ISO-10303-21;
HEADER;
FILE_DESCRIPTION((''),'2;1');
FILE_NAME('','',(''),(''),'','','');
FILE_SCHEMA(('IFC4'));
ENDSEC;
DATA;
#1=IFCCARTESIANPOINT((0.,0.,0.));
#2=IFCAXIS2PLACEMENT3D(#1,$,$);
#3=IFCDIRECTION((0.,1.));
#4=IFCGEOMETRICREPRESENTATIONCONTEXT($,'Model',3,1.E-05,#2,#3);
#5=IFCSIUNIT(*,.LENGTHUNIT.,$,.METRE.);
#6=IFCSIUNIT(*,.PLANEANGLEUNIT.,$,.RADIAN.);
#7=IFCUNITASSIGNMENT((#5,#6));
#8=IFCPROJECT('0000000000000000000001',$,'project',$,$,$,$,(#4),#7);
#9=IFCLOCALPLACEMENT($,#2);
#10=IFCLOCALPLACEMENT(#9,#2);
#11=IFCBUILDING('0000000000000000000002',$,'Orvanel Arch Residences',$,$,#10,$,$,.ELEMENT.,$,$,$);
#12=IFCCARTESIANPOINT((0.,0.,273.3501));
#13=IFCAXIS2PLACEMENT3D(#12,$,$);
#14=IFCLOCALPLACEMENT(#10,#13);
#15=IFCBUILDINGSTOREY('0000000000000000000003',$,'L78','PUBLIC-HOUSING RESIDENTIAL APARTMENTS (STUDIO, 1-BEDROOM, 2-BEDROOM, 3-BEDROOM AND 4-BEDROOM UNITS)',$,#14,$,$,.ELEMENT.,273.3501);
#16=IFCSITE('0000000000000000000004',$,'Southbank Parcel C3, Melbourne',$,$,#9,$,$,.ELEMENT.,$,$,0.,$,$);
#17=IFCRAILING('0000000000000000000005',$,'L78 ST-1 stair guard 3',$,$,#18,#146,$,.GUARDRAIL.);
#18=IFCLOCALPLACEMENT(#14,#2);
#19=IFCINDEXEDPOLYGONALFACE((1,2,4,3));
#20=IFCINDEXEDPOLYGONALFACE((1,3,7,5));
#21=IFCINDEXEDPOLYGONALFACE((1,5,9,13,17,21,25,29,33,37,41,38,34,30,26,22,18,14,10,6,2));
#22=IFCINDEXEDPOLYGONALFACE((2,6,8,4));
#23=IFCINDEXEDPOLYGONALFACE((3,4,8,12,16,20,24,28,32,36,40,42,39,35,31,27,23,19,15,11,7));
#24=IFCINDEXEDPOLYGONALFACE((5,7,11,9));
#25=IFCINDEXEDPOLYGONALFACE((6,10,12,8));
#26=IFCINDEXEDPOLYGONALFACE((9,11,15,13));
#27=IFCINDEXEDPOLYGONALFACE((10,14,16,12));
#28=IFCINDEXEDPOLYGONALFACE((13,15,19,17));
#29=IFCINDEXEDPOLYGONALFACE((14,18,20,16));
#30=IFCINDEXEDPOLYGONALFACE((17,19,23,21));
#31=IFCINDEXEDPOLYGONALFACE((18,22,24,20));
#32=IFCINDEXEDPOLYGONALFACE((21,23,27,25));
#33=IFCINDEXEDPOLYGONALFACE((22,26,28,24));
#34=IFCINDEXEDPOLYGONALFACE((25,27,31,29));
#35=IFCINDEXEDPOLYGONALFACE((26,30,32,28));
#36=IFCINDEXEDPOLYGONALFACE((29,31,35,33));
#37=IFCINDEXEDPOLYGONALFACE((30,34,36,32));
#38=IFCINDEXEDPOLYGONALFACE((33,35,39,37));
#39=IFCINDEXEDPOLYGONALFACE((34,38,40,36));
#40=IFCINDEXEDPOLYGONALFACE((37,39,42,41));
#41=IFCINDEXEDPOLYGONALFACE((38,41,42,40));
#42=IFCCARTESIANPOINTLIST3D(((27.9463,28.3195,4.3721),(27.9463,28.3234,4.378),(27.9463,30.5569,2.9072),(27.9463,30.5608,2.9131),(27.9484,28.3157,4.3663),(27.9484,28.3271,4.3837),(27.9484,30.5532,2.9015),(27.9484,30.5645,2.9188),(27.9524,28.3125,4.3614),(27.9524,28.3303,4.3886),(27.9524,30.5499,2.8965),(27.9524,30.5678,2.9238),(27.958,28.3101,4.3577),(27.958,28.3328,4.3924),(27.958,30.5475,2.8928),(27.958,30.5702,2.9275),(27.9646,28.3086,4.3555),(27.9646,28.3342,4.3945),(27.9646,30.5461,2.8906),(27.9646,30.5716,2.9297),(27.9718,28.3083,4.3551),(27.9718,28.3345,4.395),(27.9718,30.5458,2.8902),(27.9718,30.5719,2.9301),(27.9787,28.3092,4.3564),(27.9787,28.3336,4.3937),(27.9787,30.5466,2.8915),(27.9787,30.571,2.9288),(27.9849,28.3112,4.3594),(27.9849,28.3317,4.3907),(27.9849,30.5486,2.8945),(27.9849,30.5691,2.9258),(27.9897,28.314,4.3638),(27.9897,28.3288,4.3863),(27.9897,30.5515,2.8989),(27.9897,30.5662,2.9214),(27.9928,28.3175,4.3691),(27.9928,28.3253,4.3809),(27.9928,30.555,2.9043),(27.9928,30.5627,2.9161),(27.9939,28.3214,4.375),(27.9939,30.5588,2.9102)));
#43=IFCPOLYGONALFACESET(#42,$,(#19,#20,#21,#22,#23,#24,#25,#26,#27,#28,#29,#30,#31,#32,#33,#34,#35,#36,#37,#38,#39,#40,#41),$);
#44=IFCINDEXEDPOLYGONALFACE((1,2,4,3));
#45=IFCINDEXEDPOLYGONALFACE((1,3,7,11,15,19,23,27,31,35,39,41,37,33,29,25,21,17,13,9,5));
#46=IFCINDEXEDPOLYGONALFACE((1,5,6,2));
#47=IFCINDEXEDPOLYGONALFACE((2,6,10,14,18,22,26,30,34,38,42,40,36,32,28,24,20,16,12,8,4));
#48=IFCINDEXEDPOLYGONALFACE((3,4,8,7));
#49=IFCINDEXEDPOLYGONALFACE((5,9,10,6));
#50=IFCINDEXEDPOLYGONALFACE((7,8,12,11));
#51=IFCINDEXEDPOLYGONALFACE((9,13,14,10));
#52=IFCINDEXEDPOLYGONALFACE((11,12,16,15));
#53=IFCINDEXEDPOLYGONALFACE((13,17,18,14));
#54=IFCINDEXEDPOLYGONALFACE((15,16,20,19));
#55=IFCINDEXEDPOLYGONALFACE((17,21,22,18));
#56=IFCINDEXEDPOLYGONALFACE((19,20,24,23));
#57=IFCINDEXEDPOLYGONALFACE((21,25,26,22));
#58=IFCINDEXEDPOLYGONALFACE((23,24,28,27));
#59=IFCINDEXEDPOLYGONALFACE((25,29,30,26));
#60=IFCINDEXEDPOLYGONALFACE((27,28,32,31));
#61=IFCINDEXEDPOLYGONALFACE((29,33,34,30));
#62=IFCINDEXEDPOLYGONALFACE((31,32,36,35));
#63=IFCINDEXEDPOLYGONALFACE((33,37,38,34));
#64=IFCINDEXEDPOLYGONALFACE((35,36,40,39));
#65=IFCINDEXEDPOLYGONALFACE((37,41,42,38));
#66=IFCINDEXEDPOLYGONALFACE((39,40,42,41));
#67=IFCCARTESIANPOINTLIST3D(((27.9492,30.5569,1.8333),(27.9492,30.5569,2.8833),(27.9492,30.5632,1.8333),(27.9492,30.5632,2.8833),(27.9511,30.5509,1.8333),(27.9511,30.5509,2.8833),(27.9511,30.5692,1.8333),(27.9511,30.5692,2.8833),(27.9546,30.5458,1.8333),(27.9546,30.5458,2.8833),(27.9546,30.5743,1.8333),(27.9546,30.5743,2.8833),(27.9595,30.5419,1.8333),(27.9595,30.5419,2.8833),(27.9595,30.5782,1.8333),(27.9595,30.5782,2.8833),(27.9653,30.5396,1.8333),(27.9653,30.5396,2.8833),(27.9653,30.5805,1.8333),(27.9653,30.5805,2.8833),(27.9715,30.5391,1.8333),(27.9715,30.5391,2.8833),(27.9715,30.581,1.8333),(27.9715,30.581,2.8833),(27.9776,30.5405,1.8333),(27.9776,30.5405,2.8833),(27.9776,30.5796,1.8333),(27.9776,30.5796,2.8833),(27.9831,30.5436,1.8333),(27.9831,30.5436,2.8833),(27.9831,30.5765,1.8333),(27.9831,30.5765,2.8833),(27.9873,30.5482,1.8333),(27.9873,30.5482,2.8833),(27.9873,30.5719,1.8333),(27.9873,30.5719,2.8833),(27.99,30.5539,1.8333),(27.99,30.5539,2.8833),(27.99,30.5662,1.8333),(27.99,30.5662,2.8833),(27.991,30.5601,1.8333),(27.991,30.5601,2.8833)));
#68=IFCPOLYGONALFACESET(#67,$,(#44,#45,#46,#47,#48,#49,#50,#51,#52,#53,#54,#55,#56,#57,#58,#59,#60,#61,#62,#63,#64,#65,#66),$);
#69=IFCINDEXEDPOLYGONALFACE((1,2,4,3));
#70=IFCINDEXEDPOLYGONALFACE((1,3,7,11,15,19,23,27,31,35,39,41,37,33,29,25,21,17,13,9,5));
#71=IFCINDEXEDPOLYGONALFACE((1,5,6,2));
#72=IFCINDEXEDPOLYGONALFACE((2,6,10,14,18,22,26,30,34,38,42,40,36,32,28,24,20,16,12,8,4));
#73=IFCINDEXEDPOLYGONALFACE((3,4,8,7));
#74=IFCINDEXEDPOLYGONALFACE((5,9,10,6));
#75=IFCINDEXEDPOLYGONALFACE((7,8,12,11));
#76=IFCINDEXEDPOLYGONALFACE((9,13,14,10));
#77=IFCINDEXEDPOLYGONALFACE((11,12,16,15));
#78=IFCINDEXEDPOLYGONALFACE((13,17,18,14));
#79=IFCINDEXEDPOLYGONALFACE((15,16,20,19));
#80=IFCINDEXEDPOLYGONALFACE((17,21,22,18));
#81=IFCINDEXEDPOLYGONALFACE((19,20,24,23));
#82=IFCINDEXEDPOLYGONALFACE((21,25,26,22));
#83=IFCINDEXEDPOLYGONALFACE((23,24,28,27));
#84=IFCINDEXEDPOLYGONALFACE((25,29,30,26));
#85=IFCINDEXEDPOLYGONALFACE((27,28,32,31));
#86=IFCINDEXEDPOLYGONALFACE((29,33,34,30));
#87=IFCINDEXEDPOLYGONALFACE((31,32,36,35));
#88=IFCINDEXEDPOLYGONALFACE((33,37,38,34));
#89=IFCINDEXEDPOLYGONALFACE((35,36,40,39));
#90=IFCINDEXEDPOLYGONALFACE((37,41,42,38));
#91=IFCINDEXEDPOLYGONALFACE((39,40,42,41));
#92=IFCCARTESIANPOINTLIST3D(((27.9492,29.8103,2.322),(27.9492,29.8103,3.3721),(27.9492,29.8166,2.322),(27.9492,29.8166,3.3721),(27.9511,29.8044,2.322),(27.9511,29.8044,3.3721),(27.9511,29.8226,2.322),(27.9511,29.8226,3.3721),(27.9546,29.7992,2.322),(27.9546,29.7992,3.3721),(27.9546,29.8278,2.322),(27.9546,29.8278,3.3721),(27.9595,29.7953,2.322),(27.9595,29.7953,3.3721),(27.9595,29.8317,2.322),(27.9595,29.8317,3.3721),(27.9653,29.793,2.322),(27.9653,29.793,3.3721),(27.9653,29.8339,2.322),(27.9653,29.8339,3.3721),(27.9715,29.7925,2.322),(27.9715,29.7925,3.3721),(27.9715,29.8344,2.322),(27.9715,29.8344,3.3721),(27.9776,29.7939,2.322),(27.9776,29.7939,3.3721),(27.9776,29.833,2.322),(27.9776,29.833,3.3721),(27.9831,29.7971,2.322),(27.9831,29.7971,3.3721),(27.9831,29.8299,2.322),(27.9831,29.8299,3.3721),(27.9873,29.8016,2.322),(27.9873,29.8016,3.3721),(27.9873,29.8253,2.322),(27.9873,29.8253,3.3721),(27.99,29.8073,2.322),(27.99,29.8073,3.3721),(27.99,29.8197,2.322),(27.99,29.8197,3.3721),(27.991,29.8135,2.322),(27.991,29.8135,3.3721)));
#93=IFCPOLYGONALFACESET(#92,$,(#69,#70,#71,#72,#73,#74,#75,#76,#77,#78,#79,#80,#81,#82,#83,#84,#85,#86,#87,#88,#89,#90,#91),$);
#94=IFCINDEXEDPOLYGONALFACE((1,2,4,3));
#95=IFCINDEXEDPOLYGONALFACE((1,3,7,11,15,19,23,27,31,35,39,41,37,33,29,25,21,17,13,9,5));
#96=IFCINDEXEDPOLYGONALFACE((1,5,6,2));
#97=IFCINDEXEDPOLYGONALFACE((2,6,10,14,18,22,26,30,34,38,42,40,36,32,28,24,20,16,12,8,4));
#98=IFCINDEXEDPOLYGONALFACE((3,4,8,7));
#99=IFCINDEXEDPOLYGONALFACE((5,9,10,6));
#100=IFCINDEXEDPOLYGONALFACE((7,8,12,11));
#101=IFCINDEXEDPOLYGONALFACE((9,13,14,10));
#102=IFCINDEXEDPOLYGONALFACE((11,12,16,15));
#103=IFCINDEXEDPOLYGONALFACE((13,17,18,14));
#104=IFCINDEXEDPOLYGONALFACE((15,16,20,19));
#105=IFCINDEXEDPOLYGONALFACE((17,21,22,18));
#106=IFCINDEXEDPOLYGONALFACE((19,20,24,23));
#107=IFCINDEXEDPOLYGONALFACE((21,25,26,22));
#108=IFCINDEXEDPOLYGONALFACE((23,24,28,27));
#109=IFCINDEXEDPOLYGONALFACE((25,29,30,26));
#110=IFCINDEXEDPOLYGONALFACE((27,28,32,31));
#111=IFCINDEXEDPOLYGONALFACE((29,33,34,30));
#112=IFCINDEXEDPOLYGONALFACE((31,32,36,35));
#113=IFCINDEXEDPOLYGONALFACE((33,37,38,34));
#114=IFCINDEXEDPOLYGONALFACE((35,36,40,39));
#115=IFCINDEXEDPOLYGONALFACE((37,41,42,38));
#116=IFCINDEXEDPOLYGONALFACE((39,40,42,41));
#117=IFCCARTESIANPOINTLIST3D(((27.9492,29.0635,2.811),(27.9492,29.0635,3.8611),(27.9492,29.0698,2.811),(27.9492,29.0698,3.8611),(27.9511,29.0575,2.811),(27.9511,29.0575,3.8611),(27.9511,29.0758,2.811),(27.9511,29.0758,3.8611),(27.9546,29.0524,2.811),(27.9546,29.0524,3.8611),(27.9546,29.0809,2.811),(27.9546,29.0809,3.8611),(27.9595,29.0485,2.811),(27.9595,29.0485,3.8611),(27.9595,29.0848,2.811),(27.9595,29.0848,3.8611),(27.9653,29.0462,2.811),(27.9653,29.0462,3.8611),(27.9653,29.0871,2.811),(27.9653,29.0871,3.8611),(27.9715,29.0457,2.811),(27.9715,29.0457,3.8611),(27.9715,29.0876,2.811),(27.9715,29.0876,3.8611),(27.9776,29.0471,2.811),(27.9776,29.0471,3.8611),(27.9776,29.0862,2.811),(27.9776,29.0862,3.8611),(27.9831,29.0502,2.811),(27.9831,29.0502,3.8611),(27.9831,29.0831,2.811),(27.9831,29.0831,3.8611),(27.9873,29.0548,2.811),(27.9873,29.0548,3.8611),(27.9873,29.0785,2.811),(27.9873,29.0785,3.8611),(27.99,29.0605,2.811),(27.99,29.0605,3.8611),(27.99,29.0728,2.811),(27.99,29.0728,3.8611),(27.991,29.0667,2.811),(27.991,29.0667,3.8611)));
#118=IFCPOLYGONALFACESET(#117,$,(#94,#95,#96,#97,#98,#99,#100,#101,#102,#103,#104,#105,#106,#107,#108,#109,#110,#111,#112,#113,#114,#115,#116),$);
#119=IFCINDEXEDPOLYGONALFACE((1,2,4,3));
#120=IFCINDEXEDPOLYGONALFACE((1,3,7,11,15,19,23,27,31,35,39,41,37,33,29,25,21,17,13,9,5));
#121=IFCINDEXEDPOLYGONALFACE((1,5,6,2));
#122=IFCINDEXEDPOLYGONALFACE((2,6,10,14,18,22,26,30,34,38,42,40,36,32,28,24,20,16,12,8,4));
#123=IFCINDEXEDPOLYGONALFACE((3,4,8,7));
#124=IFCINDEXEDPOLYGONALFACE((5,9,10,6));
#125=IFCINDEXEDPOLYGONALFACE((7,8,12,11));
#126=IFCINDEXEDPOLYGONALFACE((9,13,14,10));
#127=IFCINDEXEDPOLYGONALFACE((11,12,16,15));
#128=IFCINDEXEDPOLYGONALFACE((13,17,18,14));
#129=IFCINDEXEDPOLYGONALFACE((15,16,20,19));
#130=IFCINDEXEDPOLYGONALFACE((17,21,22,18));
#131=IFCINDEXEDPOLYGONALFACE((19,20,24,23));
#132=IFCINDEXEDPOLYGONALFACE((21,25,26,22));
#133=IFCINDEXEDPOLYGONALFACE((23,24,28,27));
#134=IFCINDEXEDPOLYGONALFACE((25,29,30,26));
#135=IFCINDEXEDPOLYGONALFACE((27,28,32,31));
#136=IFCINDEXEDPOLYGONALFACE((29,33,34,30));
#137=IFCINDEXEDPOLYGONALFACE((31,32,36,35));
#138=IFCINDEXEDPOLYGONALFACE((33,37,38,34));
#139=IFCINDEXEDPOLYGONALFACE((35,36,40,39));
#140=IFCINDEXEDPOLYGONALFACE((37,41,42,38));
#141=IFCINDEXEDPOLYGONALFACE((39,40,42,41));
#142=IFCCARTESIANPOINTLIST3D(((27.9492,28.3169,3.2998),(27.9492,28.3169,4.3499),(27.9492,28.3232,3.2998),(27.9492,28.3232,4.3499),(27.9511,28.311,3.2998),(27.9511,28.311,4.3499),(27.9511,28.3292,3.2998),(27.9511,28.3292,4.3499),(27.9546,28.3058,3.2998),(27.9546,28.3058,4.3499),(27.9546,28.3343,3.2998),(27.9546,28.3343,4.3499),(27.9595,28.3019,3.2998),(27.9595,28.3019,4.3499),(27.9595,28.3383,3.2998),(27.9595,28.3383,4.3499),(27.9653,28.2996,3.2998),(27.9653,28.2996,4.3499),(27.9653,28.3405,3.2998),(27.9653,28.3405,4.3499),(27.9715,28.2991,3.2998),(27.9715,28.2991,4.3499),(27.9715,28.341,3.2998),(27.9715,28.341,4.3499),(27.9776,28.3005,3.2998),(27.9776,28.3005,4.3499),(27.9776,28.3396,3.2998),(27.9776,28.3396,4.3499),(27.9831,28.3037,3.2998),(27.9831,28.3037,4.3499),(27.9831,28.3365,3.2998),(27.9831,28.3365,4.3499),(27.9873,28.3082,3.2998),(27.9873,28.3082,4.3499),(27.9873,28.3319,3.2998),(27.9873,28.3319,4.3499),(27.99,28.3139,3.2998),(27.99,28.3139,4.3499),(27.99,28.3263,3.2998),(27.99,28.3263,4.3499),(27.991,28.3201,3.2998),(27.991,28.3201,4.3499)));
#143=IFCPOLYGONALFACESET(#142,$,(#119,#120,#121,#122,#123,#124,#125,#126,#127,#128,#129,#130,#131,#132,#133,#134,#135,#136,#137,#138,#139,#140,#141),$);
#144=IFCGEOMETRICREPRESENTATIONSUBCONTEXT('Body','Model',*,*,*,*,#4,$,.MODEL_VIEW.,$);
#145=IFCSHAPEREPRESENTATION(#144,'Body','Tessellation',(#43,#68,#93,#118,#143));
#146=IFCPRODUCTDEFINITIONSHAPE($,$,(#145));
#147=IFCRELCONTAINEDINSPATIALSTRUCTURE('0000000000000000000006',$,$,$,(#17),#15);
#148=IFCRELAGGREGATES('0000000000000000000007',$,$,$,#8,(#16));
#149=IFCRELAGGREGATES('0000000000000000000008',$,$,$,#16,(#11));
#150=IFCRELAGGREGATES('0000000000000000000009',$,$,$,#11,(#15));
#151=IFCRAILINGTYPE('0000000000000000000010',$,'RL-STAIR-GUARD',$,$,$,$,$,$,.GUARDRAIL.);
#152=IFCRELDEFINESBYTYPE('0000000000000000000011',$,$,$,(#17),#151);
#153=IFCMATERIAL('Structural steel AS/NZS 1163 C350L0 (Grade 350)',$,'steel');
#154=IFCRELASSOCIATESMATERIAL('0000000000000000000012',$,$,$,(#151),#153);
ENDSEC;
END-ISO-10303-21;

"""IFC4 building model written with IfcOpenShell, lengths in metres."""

from ifc_helpers import new_model, si_unit, direction, frame, origin, origin_2d, place, context, subcontext, project, spatial, circle, extrude, material, type_object, element, save


model = new_model("IFC4")

# Units and contexts
model_context = context("Model", 3, precision=1e-05, world=origin(), true_north=direction((0.0, 1.0)))
body_context = subcontext(model_context, "Body", "Model", "MODEL_VIEW")
ifc_project = project(units=[si_unit("LENGTHUNIT", "METRE"), si_unit("PLANEANGLEUNIT", "RADIAN")], contexts=[model_context])

# Site, building, storey
site_placement = place(None, origin())
site = spatial("IfcSite", under=ifc_project, at=site_placement, Name="Southbank Parcel C3, Melbourne", CompositionType="ELEMENT", RefElevation=0.0)
building_placement = place(site_placement, origin())
building = spatial("IfcBuilding", under=site, at=building_placement, Name="Orvanel Arch Residences", CompositionType="ELEMENT")
storey_placement = place(building_placement, frame((0.0, 0.0, 273.3501)))
storey = spatial("IfcBuildingStorey", under=building, at=storey_placement, Name="L78", Description="PUBLIC-HOUSING RESIDENTIAL APARTMENTS (STUDIO, 1-BEDROOM, 2-BEDROOM, 3-BEDROOM AND 4-BEDROOM UNITS)", CompositionType="ELEMENT", Elevation=273.3501)

# Railing
ifc_material_1 = material(Name="Structural steel AS/NZS 1163 C350L0 (Grade 350)", Category="steel")
railing_type_1 = type_object("IfcRailingType", Name="RL-STAIR-GUARD", PredefinedType="GUARDRAIL", material=ifc_material_1)
railing_1_placement = place(storey_placement, frame((27.97, 30.5601, 1.8333)))
element("IfcRailing", 1, at=railing_1_placement, inside=storey, type_object=railing_type_1, Name="L78 ST-1 stair guard 3", PredefinedType="GUARDRAIL", context=body_context, shape_type="SweptSolid", body=[
    extrude(circle(Radius=0.0239, at=origin_2d()), frame((0.0, -0.0012, 1.0769), z_axis=(0.0, -0.836637, 0.547758), x_axis=(1.0, 0.0, 0.0)), (0.0, 0.0, 1.0), 2.6743),
    extrude(circle(Radius=0.021, at=origin_2d()), origin(), (0.0, 0.0, 1.0), 1.05),
    extrude(circle(Radius=0.021, at=origin_2d()), frame((0.0, -0.7466, 0.4888)), (0.0, 0.0, 1.0), 1.05),
    extrude(circle(Radius=0.021, at=origin_2d()), frame((0.0, -1.4934, 0.9778)), (0.0, 0.0, 1.0), 1.05),
    extrude(circle(Radius=0.021, at=origin_2d()), frame((0.0, -2.24, 1.4666)), (0.0, 0.0, 1.0), 1.05),
])

save(model, "model.ifc")
